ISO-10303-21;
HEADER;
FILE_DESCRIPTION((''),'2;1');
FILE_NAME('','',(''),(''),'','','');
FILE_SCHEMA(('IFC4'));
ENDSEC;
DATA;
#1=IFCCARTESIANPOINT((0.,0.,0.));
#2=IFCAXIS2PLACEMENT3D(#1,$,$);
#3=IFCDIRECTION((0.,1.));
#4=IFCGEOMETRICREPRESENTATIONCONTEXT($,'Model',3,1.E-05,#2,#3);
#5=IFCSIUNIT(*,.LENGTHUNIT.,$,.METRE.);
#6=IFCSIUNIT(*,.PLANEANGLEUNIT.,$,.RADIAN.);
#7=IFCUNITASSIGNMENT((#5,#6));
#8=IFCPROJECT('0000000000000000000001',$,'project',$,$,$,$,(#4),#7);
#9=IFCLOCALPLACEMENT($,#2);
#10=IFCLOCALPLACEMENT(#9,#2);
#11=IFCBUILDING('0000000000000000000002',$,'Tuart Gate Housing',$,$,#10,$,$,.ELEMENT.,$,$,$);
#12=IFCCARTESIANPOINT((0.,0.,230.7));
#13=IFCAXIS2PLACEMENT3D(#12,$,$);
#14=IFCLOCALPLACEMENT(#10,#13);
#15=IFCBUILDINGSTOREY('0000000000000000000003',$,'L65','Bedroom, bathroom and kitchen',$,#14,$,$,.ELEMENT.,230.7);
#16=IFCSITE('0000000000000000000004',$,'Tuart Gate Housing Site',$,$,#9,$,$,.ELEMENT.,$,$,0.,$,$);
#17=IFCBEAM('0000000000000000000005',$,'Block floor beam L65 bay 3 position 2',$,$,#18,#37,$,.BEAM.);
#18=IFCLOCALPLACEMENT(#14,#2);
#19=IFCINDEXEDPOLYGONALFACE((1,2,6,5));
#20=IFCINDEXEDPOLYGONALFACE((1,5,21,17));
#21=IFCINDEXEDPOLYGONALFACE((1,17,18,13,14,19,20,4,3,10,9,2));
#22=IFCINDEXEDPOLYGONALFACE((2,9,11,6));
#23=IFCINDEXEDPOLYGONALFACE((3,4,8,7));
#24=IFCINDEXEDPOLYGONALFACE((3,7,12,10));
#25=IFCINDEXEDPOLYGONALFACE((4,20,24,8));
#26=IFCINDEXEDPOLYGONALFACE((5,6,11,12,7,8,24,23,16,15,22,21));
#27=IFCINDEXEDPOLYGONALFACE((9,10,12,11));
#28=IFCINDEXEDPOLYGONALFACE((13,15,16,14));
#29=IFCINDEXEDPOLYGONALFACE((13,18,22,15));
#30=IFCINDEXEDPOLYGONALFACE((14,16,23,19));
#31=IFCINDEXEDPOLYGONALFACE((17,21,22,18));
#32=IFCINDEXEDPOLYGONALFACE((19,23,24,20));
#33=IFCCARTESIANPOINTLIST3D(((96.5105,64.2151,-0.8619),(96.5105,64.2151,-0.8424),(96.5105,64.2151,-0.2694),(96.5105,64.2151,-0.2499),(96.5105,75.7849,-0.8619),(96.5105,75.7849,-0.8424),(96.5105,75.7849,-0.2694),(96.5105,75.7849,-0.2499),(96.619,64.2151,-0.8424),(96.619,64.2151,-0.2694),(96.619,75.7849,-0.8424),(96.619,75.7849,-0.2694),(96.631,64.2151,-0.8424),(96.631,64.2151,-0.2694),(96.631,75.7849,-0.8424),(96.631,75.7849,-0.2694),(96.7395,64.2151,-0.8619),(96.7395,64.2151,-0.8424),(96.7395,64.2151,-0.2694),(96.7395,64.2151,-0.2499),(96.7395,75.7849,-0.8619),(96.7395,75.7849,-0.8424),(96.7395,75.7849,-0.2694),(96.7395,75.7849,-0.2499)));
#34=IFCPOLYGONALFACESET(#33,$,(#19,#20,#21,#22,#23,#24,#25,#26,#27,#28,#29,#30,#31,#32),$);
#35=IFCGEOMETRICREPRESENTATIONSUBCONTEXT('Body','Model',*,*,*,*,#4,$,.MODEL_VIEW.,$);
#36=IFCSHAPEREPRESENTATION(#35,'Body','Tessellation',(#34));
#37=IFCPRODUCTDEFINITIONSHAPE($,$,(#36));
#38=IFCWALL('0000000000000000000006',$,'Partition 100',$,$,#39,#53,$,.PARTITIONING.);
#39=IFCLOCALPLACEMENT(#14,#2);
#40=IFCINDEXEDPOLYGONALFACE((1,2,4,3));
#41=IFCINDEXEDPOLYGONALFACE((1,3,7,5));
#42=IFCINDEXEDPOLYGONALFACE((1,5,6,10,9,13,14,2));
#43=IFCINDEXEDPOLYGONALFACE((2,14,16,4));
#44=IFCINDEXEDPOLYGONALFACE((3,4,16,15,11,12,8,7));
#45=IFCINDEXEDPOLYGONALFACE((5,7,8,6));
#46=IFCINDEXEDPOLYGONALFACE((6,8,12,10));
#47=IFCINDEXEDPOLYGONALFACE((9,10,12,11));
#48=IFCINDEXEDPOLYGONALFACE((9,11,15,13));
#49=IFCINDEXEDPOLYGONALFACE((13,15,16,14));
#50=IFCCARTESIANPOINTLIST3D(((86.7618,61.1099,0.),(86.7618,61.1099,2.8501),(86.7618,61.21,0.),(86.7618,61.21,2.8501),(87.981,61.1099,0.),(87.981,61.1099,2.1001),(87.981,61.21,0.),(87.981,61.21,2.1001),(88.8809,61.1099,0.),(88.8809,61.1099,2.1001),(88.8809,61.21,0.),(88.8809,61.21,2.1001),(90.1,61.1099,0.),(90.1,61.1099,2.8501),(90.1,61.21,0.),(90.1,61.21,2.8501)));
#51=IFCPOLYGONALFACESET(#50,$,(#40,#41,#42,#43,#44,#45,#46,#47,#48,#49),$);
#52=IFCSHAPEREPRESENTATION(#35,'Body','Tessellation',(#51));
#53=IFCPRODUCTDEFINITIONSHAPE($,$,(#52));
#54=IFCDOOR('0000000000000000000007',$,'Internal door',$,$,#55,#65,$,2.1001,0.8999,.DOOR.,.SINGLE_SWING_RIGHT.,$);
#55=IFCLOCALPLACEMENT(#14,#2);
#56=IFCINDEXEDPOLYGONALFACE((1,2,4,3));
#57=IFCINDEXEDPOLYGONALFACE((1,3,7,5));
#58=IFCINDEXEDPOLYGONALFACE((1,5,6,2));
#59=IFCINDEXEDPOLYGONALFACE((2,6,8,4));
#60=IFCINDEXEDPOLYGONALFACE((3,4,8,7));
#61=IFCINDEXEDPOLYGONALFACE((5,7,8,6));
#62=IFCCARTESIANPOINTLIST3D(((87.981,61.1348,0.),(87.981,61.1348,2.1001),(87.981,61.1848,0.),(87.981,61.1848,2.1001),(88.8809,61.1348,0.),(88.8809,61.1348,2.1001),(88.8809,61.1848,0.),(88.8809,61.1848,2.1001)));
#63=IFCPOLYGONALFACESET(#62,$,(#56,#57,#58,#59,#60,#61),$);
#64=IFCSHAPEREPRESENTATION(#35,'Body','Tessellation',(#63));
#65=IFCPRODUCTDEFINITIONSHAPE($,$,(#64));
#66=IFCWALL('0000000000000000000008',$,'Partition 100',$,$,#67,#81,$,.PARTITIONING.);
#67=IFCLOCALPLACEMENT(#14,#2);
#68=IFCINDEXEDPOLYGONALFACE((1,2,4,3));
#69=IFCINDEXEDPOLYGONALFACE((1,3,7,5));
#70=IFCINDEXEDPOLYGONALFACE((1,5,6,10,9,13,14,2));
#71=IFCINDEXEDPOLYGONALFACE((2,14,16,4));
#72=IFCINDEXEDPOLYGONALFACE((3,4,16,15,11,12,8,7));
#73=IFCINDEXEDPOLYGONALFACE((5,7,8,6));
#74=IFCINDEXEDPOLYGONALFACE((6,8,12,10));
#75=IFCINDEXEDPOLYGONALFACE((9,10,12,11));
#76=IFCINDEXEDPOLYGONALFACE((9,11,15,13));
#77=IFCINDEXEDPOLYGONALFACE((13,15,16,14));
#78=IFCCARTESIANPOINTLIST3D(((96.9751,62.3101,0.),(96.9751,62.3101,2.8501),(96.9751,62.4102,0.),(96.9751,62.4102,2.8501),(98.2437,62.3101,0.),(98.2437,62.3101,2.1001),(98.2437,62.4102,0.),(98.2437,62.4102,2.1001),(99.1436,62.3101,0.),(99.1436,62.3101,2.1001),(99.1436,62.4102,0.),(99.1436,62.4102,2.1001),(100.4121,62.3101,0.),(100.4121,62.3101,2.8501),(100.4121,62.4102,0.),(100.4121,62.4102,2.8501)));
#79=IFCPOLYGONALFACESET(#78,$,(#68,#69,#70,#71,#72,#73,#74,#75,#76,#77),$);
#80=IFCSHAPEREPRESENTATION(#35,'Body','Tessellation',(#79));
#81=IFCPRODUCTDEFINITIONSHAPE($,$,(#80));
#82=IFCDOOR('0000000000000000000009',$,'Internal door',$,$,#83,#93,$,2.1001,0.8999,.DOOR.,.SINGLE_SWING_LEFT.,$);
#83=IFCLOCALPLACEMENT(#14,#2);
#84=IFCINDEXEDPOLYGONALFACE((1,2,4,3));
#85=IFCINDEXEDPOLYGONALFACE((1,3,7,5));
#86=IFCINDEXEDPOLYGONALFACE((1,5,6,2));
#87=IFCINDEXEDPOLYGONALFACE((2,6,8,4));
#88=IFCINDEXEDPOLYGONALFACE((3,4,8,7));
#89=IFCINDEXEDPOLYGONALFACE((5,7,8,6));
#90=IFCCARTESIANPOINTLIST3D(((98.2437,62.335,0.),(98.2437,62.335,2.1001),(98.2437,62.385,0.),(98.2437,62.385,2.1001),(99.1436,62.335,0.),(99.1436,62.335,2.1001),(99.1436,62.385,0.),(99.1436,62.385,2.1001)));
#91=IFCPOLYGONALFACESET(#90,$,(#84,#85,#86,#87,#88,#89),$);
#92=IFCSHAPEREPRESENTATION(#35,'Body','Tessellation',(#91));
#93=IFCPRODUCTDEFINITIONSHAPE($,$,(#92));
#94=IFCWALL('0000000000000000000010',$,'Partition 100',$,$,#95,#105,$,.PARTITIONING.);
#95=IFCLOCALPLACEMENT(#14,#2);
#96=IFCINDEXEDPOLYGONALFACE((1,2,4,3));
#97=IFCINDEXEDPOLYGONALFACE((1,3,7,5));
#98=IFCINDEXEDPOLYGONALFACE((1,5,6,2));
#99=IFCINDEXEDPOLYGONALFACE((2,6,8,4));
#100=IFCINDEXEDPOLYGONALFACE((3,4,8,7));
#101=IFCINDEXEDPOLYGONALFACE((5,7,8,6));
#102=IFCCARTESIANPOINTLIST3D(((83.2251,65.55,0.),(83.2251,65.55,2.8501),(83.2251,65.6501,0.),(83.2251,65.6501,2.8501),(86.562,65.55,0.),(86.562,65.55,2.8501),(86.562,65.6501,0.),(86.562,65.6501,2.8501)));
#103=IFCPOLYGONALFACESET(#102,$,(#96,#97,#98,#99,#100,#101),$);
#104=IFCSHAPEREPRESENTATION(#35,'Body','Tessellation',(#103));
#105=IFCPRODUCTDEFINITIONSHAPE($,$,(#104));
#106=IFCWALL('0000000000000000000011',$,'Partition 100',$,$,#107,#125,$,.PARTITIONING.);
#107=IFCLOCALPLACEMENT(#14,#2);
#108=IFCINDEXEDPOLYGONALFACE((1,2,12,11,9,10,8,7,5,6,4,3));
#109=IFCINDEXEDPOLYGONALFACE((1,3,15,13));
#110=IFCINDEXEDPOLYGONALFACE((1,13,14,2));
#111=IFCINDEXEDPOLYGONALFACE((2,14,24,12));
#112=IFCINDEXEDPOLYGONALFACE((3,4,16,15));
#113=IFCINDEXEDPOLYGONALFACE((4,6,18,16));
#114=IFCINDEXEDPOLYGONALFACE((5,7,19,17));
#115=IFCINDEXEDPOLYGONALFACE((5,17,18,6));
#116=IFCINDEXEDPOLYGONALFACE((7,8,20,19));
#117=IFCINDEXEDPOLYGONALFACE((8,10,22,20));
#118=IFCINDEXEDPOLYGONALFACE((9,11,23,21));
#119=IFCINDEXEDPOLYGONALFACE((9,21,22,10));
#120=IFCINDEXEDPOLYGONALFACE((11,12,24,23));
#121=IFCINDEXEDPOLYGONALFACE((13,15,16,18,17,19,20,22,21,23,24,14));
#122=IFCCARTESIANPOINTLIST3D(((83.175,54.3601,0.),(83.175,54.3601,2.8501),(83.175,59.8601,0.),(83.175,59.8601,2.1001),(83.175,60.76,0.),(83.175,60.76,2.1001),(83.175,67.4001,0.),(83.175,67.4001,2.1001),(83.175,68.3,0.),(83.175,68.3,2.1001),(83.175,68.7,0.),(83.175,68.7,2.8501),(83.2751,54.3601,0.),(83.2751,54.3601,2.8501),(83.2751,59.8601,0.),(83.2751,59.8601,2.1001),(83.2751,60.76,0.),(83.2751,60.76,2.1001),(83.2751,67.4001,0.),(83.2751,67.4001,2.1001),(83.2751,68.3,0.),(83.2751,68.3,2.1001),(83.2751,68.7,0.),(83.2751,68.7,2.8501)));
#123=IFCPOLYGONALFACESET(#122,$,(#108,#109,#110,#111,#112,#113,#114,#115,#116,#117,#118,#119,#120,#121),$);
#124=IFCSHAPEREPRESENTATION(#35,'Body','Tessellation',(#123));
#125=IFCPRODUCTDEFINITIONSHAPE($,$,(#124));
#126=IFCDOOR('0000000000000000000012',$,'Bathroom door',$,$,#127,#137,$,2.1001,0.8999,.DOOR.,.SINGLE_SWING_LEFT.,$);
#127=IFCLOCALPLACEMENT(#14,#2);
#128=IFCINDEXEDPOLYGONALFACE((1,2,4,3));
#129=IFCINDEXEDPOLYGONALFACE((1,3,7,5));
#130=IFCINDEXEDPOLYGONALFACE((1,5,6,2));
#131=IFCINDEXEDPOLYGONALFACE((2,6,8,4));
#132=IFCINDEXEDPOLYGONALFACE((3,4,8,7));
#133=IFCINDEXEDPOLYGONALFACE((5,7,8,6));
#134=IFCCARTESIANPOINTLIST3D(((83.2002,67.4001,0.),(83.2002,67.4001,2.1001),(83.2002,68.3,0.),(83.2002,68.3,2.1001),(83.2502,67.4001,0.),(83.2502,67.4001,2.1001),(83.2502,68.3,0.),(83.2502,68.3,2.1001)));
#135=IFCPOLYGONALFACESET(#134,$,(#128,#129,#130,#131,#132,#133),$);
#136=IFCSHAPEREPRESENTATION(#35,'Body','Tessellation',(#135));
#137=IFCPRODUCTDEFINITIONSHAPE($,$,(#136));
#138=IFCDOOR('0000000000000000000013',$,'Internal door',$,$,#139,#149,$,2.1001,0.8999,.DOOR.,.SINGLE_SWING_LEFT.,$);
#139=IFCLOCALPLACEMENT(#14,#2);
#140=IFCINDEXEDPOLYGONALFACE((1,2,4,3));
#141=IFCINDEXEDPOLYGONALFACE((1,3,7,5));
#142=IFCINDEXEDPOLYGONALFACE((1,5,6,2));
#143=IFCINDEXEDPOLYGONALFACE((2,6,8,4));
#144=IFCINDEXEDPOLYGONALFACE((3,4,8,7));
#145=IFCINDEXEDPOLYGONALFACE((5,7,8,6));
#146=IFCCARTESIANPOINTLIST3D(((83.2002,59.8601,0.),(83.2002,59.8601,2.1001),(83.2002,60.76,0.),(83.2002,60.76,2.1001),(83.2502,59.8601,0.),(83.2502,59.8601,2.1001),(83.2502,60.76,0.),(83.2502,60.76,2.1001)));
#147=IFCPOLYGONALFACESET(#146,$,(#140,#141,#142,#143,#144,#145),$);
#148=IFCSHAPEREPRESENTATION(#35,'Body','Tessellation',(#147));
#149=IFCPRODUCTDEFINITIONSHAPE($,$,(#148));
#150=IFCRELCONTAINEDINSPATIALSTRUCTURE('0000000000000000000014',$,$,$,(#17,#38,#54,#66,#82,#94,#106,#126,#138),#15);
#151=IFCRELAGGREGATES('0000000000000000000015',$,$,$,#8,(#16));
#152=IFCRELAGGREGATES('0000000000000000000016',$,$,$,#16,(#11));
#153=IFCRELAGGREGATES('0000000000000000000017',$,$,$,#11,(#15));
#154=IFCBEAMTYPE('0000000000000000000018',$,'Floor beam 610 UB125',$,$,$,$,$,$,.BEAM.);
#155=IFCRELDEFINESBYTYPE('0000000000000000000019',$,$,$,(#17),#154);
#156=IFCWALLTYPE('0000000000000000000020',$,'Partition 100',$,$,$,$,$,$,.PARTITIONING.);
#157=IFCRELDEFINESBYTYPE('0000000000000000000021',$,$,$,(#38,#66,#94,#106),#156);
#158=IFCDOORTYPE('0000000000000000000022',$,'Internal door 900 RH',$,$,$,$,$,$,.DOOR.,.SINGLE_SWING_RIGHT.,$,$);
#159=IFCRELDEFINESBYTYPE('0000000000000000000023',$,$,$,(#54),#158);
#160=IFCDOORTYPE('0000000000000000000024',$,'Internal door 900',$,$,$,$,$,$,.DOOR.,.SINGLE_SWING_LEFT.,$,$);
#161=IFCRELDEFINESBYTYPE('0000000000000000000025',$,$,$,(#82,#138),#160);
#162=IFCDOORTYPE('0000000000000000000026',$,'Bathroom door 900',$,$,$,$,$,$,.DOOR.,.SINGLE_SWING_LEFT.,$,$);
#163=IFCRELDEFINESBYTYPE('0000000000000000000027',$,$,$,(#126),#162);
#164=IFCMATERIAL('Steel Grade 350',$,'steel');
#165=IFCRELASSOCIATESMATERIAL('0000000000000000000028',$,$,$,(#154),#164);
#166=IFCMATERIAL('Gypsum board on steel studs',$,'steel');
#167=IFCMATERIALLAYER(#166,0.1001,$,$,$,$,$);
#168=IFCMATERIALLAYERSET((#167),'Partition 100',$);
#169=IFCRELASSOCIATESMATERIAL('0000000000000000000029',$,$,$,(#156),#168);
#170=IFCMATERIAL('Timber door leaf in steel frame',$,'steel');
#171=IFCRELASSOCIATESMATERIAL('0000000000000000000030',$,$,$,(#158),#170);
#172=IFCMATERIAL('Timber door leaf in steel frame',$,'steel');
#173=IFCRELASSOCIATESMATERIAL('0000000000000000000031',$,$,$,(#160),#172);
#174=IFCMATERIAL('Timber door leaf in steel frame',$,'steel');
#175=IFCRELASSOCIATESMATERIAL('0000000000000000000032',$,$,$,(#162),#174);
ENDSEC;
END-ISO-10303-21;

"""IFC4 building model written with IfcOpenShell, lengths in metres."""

from ifc_helpers import new_model, si_unit, direction, frame, frame_2d, origin, origin_2d, place, context, subcontext, project, spatial, rectangle, i_section, extrude, material, layer, layer_set, material_profile, profile_set, type_object, element, fill, save


model = new_model("IFC4")

# Units and contexts
model_context = context("Model", 3, precision=1e-05, world=origin(), true_north=direction((0.0, 1.0)))
body_context = subcontext(model_context, "Body", "Model", "MODEL_VIEW")
ifc_project = project(units=[si_unit("LENGTHUNIT", "METRE"), si_unit("PLANEANGLEUNIT", "RADIAN")], contexts=[model_context])

# Site, building, storey
site_placement = place(None, origin())
site = spatial("IfcSite", under=ifc_project, at=site_placement, Name="Tuart Gate Housing Site", CompositionType="ELEMENT", RefElevation=0.0)
building_placement = place(site_placement, origin())
building = spatial("IfcBuilding", under=site, at=building_placement, Name="Tuart Gate Housing", CompositionType="ELEMENT")
storey_placement = place(building_placement, frame((0.0, 0.0, 230.7)))
storey = spatial("IfcBuildingStorey", under=building, at=storey_placement, Name="L65", Description="Bedroom, bathroom and kitchen", CompositionType="ELEMENT", Elevation=230.7)

# Beam
ifc_material_1 = material(Name="Steel Grade 350", Category="steel")
ifc_material_profile_1 = material_profile(ifc_material_1, i_section(OverallWidth=0.229, OverallDepth=0.6121, WebThickness=0.012, FlangeThickness=0.0195, at=origin_2d()), Name="610UB125")
ifc_profile_set_1 = profile_set([ifc_material_profile_1], Name="Steel Grade 350")
beam_type_1 = type_object("IfcBeamType", Name="Floor beam 610 UB125", PredefinedType="BEAM", material=ifc_profile_set_1)
for number, where, z_axis, x_axis, name in (
    (1, (96.625, 64.2151, -0.5559), (0.0, 1.0, 0.0), (-1.0, 0.0, 0.0), "Block floor beam L65 bay 3 position 2"),
):
    element("IfcBeam", number, at=place(storey_placement, frame(where, z_axis=z_axis, x_axis=x_axis)), inside=storey, type_object=beam_type_1, Name=name, PredefinedType="BEAM", context=body_context, shape_type="SweptSolid", body=[
        extrude(i_section(OverallWidth=0.229, OverallDepth=0.6121, WebThickness=0.012, FlangeThickness=0.0195, at=origin_2d()), origin(), (0.0, 0.0, 1.0), 11.5698),
    ])

# Walls, openings, doors
ifc_material_2 = material(Name="Gypsum board on steel studs", Category="steel")
ifc_layer_1 = layer(ifc_material_2, 0.1001)
ifc_layer_set_1 = layer_set([ifc_layer_1], Name="Partition 100")
wall_type_1 = type_object("IfcWallType", Name="Partition 100", PredefinedType="PARTITIONING", material=ifc_layer_set_1)
wall_1_placement = place(storey_placement, frame((86.762, 61.1599, 0.0), z_axis=(0.0, 0.0, 1.0), x_axis=(1.0, 0.0, 0.0)))
wall_1 = element("IfcWall", 2, at=wall_1_placement, inside=storey, type_object=wall_type_1, Name="Partition 100", PredefinedType="PARTITIONING", context=body_context, shape_type="SweptSolid", body=[
    extrude(rectangle(XDim=3.3381, YDim=0.1001, at=frame_2d((1.6689, 0.0))), origin(), (0.0, 0.0, 1.0), 2.8501),
])
opening_1_placement = place(wall_1_placement, frame((1.219, 0.0, 0.0)))
opening_1 = element("IfcOpeningElement", 3, at=opening_1_placement, cuts=wall_1, PredefinedType="OPENING", context=body_context, shape_type="SweptSolid", body=[
    extrude(rectangle(XDim=0.8999, YDim=2.1001, at=frame_2d((0.45, 1.05))), frame((0.0, 0.0601, 0.0), z_axis=(0.0, -1.0, 0.0), x_axis=(1.0, 0.0, 0.0)), (0.0, 0.0, 1.0), 0.1201),
])
ifc_material_3 = material(Name="Timber door leaf in steel frame", Category="steel")
door_type_1 = type_object("IfcDoorType", Name="Internal door 900 RH", OperationType="SINGLE_SWING_RIGHT", PredefinedType="DOOR", material=ifc_material_3)
door_1_placement = place(opening_1_placement, origin())
door_1 = element("IfcDoor", 4, at=door_1_placement, inside=storey, type_object=door_type_1, Name="Internal door", OperationType="SINGLE_SWING_RIGHT", OverallHeight=2.1001, OverallWidth=0.8999, PredefinedType="DOOR", context=body_context, shape_type="SweptSolid", body=[
    extrude(rectangle(XDim=0.8999, YDim=2.1001, at=frame_2d((0.45, 1.05))), frame((0.0, 0.0249, 0.0), z_axis=(0.0, -1.0, 0.0), x_axis=(1.0, 0.0, 0.0)), (0.0, 0.0, 1.0), 0.05),
])
fill(opening_1, door_1)
wall_2_placement = place(storey_placement, frame((96.9751, 62.3601, 0.0), z_axis=(0.0, 0.0, 1.0), x_axis=(1.0, 0.0, 0.0)))
wall_2 = element("IfcWall", 5, at=wall_2_placement, inside=storey, type_object=wall_type_1, Name="Partition 100", PredefinedType="PARTITIONING", context=body_context, shape_type="SweptSolid", body=[
    extrude(rectangle(XDim=3.437, YDim=0.1001, at=frame_2d((1.7185, 0.0))), origin(), (0.0, 0.0, 1.0), 2.8501),
])
opening_2_placement = place(wall_2_placement, frame((1.2686, 0.0, 0.0)))
opening_2 = element("IfcOpeningElement", 6, at=opening_2_placement, cuts=wall_2, PredefinedType="OPENING", context=body_context, shape_type="SweptSolid", body=[
    extrude(rectangle(XDim=0.8999, YDim=2.1001, at=frame_2d((0.45, 1.05))), frame((0.0, 0.0601, 0.0), z_axis=(0.0, -1.0, 0.0), x_axis=(1.0, 0.0, 0.0)), (0.0, 0.0, 1.0), 0.1201),
])
ifc_material_4 = material(Name="Timber door leaf in steel frame", Category="steel")
door_type_2 = type_object("IfcDoorType", Name="Internal door 900", OperationType="SINGLE_SWING_LEFT", PredefinedType="DOOR", material=ifc_material_4)
door_2_placement = place(opening_2_placement, origin())
door_2 = element("IfcDoor", 7, at=door_2_placement, inside=storey, type_object=door_type_2, Name="Internal door", OperationType="SINGLE_SWING_LEFT", OverallHeight=2.1001, OverallWidth=0.8999, PredefinedType="DOOR", context=body_context, shape_type="SweptSolid", body=[
    extrude(rectangle(XDim=0.8999, YDim=2.1001, at=frame_2d((0.45, 1.05))), frame((0.0, 0.0249, 0.0), z_axis=(0.0, -1.0, 0.0), x_axis=(1.0, 0.0, 0.0)), (0.0, 0.0, 1.0), 0.05),
])
fill(opening_2, door_2)

# Wall
wall_3_placement = place(storey_placement, frame((83.2251, 65.6001, 0.0), z_axis=(0.0, 0.0, 1.0), x_axis=(1.0, 0.0, 0.0)))
element("IfcWall", 8, at=wall_3_placement, inside=storey, type_object=wall_type_1, Name="Partition 100", PredefinedType="PARTITIONING", context=body_context, shape_type="SweptSolid", body=[
    extrude(rectangle(XDim=3.3369, YDim=0.1001, at=frame_2d((1.6685, 0.0))), origin(), (0.0, 0.0, 1.0), 2.8501),
])

# Wall, openings, doors
wall_4_placement = place(storey_placement, frame((83.2251, 54.3601, 0.0), z_axis=(0.0, 0.0, 1.0), x_axis=(0.0, 1.0, 0.0)))
wall_4 = element("IfcWall", 9, at=wall_4_placement, inside=storey, type_object=wall_type_1, Name="Partition 100", PredefinedType="PARTITIONING", context=body_context, shape_type="SweptSolid", body=[
    extrude(rectangle(XDim=14.3398, YDim=0.1001, at=frame_2d((7.1699, 0.0))), origin(), (0.0, 0.0, 1.0), 2.8501),
])
opening_3_placement = place(wall_4_placement, frame((5.5, 0.0, 0.0)))
opening_3 = element("IfcOpeningElement", 10, at=opening_3_placement, cuts=wall_4, PredefinedType="OPENING", context=body_context, shape_type="SweptSolid", body=[
    extrude(rectangle(XDim=0.8999, YDim=2.1001, at=frame_2d((0.45, 1.05))), frame((0.0, 0.0601, 0.0), z_axis=(0.0, -1.0, 0.0), x_axis=(1.0, 0.0, 0.0)), (0.0, 0.0, 1.0), 0.1201),
])
opening_4_placement = place(wall_4_placement, frame((13.04, 0.0, 0.0)))
opening_4 = element("IfcOpeningElement", 11, at=opening_4_placement, cuts=wall_4, PredefinedType="OPENING", context=body_context, shape_type="SweptSolid", body=[
    extrude(rectangle(XDim=0.8999, YDim=2.1001, at=frame_2d((0.45, 1.05))), frame((0.0, 0.0601, 0.0), z_axis=(0.0, -1.0, 0.0), x_axis=(1.0, 0.0, 0.0)), (0.0, 0.0, 1.0), 0.1201),
])
ifc_material_5 = material(Name="Timber door leaf in steel frame", Category="steel")
door_type_3 = type_object("IfcDoorType", Name="Bathroom door 900", OperationType="SINGLE_SWING_LEFT", PredefinedType="DOOR", material=ifc_material_5)
door_3_placement = place(opening_4_placement, frame((0.8999, 0.0, 0.0), z_axis=(0.0, 0.0, 1.0), x_axis=(-1.0, 0.0, 0.0)))
door_3 = element("IfcDoor", 12, at=door_3_placement, inside=storey, type_object=door_type_3, Name="Bathroom door", OperationType="SINGLE_SWING_LEFT", OverallHeight=2.1001, OverallWidth=0.8999, PredefinedType="DOOR", context=body_context, shape_type="SweptSolid", body=[
    extrude(rectangle(XDim=0.8999, YDim=2.1001, at=frame_2d((0.45, 1.05))), frame((0.0, 0.0251, 0.0), z_axis=(0.0, -1.0, 0.0), x_axis=(1.0, 0.0, 0.0)), (0.0, 0.0, 1.0), 0.05),
])
fill(opening_4, door_3)
door_4_placement = place(opening_3_placement, frame((0.8999, 0.0, 0.0), z_axis=(0.0, 0.0, 1.0), x_axis=(-1.0, 0.0, 0.0)))
door_4 = element("IfcDoor", 13, at=door_4_placement, inside=storey, type_object=door_type_2, Name="Internal door", OperationType="SINGLE_SWING_LEFT", OverallHeight=2.1001, OverallWidth=0.8999, PredefinedType="DOOR", context=body_context, shape_type="SweptSolid", body=[
    extrude(rectangle(XDim=0.8999, YDim=2.1001, at=frame_2d((0.45, 1.05))), frame((0.0, 0.0251, 0.0), z_axis=(0.0, -1.0, 0.0), x_axis=(1.0, 0.0, 0.0)), (0.0, 0.0, 1.0), 0.05),
])
fill(opening_3, door_4)

save(model, "model.ifc")
